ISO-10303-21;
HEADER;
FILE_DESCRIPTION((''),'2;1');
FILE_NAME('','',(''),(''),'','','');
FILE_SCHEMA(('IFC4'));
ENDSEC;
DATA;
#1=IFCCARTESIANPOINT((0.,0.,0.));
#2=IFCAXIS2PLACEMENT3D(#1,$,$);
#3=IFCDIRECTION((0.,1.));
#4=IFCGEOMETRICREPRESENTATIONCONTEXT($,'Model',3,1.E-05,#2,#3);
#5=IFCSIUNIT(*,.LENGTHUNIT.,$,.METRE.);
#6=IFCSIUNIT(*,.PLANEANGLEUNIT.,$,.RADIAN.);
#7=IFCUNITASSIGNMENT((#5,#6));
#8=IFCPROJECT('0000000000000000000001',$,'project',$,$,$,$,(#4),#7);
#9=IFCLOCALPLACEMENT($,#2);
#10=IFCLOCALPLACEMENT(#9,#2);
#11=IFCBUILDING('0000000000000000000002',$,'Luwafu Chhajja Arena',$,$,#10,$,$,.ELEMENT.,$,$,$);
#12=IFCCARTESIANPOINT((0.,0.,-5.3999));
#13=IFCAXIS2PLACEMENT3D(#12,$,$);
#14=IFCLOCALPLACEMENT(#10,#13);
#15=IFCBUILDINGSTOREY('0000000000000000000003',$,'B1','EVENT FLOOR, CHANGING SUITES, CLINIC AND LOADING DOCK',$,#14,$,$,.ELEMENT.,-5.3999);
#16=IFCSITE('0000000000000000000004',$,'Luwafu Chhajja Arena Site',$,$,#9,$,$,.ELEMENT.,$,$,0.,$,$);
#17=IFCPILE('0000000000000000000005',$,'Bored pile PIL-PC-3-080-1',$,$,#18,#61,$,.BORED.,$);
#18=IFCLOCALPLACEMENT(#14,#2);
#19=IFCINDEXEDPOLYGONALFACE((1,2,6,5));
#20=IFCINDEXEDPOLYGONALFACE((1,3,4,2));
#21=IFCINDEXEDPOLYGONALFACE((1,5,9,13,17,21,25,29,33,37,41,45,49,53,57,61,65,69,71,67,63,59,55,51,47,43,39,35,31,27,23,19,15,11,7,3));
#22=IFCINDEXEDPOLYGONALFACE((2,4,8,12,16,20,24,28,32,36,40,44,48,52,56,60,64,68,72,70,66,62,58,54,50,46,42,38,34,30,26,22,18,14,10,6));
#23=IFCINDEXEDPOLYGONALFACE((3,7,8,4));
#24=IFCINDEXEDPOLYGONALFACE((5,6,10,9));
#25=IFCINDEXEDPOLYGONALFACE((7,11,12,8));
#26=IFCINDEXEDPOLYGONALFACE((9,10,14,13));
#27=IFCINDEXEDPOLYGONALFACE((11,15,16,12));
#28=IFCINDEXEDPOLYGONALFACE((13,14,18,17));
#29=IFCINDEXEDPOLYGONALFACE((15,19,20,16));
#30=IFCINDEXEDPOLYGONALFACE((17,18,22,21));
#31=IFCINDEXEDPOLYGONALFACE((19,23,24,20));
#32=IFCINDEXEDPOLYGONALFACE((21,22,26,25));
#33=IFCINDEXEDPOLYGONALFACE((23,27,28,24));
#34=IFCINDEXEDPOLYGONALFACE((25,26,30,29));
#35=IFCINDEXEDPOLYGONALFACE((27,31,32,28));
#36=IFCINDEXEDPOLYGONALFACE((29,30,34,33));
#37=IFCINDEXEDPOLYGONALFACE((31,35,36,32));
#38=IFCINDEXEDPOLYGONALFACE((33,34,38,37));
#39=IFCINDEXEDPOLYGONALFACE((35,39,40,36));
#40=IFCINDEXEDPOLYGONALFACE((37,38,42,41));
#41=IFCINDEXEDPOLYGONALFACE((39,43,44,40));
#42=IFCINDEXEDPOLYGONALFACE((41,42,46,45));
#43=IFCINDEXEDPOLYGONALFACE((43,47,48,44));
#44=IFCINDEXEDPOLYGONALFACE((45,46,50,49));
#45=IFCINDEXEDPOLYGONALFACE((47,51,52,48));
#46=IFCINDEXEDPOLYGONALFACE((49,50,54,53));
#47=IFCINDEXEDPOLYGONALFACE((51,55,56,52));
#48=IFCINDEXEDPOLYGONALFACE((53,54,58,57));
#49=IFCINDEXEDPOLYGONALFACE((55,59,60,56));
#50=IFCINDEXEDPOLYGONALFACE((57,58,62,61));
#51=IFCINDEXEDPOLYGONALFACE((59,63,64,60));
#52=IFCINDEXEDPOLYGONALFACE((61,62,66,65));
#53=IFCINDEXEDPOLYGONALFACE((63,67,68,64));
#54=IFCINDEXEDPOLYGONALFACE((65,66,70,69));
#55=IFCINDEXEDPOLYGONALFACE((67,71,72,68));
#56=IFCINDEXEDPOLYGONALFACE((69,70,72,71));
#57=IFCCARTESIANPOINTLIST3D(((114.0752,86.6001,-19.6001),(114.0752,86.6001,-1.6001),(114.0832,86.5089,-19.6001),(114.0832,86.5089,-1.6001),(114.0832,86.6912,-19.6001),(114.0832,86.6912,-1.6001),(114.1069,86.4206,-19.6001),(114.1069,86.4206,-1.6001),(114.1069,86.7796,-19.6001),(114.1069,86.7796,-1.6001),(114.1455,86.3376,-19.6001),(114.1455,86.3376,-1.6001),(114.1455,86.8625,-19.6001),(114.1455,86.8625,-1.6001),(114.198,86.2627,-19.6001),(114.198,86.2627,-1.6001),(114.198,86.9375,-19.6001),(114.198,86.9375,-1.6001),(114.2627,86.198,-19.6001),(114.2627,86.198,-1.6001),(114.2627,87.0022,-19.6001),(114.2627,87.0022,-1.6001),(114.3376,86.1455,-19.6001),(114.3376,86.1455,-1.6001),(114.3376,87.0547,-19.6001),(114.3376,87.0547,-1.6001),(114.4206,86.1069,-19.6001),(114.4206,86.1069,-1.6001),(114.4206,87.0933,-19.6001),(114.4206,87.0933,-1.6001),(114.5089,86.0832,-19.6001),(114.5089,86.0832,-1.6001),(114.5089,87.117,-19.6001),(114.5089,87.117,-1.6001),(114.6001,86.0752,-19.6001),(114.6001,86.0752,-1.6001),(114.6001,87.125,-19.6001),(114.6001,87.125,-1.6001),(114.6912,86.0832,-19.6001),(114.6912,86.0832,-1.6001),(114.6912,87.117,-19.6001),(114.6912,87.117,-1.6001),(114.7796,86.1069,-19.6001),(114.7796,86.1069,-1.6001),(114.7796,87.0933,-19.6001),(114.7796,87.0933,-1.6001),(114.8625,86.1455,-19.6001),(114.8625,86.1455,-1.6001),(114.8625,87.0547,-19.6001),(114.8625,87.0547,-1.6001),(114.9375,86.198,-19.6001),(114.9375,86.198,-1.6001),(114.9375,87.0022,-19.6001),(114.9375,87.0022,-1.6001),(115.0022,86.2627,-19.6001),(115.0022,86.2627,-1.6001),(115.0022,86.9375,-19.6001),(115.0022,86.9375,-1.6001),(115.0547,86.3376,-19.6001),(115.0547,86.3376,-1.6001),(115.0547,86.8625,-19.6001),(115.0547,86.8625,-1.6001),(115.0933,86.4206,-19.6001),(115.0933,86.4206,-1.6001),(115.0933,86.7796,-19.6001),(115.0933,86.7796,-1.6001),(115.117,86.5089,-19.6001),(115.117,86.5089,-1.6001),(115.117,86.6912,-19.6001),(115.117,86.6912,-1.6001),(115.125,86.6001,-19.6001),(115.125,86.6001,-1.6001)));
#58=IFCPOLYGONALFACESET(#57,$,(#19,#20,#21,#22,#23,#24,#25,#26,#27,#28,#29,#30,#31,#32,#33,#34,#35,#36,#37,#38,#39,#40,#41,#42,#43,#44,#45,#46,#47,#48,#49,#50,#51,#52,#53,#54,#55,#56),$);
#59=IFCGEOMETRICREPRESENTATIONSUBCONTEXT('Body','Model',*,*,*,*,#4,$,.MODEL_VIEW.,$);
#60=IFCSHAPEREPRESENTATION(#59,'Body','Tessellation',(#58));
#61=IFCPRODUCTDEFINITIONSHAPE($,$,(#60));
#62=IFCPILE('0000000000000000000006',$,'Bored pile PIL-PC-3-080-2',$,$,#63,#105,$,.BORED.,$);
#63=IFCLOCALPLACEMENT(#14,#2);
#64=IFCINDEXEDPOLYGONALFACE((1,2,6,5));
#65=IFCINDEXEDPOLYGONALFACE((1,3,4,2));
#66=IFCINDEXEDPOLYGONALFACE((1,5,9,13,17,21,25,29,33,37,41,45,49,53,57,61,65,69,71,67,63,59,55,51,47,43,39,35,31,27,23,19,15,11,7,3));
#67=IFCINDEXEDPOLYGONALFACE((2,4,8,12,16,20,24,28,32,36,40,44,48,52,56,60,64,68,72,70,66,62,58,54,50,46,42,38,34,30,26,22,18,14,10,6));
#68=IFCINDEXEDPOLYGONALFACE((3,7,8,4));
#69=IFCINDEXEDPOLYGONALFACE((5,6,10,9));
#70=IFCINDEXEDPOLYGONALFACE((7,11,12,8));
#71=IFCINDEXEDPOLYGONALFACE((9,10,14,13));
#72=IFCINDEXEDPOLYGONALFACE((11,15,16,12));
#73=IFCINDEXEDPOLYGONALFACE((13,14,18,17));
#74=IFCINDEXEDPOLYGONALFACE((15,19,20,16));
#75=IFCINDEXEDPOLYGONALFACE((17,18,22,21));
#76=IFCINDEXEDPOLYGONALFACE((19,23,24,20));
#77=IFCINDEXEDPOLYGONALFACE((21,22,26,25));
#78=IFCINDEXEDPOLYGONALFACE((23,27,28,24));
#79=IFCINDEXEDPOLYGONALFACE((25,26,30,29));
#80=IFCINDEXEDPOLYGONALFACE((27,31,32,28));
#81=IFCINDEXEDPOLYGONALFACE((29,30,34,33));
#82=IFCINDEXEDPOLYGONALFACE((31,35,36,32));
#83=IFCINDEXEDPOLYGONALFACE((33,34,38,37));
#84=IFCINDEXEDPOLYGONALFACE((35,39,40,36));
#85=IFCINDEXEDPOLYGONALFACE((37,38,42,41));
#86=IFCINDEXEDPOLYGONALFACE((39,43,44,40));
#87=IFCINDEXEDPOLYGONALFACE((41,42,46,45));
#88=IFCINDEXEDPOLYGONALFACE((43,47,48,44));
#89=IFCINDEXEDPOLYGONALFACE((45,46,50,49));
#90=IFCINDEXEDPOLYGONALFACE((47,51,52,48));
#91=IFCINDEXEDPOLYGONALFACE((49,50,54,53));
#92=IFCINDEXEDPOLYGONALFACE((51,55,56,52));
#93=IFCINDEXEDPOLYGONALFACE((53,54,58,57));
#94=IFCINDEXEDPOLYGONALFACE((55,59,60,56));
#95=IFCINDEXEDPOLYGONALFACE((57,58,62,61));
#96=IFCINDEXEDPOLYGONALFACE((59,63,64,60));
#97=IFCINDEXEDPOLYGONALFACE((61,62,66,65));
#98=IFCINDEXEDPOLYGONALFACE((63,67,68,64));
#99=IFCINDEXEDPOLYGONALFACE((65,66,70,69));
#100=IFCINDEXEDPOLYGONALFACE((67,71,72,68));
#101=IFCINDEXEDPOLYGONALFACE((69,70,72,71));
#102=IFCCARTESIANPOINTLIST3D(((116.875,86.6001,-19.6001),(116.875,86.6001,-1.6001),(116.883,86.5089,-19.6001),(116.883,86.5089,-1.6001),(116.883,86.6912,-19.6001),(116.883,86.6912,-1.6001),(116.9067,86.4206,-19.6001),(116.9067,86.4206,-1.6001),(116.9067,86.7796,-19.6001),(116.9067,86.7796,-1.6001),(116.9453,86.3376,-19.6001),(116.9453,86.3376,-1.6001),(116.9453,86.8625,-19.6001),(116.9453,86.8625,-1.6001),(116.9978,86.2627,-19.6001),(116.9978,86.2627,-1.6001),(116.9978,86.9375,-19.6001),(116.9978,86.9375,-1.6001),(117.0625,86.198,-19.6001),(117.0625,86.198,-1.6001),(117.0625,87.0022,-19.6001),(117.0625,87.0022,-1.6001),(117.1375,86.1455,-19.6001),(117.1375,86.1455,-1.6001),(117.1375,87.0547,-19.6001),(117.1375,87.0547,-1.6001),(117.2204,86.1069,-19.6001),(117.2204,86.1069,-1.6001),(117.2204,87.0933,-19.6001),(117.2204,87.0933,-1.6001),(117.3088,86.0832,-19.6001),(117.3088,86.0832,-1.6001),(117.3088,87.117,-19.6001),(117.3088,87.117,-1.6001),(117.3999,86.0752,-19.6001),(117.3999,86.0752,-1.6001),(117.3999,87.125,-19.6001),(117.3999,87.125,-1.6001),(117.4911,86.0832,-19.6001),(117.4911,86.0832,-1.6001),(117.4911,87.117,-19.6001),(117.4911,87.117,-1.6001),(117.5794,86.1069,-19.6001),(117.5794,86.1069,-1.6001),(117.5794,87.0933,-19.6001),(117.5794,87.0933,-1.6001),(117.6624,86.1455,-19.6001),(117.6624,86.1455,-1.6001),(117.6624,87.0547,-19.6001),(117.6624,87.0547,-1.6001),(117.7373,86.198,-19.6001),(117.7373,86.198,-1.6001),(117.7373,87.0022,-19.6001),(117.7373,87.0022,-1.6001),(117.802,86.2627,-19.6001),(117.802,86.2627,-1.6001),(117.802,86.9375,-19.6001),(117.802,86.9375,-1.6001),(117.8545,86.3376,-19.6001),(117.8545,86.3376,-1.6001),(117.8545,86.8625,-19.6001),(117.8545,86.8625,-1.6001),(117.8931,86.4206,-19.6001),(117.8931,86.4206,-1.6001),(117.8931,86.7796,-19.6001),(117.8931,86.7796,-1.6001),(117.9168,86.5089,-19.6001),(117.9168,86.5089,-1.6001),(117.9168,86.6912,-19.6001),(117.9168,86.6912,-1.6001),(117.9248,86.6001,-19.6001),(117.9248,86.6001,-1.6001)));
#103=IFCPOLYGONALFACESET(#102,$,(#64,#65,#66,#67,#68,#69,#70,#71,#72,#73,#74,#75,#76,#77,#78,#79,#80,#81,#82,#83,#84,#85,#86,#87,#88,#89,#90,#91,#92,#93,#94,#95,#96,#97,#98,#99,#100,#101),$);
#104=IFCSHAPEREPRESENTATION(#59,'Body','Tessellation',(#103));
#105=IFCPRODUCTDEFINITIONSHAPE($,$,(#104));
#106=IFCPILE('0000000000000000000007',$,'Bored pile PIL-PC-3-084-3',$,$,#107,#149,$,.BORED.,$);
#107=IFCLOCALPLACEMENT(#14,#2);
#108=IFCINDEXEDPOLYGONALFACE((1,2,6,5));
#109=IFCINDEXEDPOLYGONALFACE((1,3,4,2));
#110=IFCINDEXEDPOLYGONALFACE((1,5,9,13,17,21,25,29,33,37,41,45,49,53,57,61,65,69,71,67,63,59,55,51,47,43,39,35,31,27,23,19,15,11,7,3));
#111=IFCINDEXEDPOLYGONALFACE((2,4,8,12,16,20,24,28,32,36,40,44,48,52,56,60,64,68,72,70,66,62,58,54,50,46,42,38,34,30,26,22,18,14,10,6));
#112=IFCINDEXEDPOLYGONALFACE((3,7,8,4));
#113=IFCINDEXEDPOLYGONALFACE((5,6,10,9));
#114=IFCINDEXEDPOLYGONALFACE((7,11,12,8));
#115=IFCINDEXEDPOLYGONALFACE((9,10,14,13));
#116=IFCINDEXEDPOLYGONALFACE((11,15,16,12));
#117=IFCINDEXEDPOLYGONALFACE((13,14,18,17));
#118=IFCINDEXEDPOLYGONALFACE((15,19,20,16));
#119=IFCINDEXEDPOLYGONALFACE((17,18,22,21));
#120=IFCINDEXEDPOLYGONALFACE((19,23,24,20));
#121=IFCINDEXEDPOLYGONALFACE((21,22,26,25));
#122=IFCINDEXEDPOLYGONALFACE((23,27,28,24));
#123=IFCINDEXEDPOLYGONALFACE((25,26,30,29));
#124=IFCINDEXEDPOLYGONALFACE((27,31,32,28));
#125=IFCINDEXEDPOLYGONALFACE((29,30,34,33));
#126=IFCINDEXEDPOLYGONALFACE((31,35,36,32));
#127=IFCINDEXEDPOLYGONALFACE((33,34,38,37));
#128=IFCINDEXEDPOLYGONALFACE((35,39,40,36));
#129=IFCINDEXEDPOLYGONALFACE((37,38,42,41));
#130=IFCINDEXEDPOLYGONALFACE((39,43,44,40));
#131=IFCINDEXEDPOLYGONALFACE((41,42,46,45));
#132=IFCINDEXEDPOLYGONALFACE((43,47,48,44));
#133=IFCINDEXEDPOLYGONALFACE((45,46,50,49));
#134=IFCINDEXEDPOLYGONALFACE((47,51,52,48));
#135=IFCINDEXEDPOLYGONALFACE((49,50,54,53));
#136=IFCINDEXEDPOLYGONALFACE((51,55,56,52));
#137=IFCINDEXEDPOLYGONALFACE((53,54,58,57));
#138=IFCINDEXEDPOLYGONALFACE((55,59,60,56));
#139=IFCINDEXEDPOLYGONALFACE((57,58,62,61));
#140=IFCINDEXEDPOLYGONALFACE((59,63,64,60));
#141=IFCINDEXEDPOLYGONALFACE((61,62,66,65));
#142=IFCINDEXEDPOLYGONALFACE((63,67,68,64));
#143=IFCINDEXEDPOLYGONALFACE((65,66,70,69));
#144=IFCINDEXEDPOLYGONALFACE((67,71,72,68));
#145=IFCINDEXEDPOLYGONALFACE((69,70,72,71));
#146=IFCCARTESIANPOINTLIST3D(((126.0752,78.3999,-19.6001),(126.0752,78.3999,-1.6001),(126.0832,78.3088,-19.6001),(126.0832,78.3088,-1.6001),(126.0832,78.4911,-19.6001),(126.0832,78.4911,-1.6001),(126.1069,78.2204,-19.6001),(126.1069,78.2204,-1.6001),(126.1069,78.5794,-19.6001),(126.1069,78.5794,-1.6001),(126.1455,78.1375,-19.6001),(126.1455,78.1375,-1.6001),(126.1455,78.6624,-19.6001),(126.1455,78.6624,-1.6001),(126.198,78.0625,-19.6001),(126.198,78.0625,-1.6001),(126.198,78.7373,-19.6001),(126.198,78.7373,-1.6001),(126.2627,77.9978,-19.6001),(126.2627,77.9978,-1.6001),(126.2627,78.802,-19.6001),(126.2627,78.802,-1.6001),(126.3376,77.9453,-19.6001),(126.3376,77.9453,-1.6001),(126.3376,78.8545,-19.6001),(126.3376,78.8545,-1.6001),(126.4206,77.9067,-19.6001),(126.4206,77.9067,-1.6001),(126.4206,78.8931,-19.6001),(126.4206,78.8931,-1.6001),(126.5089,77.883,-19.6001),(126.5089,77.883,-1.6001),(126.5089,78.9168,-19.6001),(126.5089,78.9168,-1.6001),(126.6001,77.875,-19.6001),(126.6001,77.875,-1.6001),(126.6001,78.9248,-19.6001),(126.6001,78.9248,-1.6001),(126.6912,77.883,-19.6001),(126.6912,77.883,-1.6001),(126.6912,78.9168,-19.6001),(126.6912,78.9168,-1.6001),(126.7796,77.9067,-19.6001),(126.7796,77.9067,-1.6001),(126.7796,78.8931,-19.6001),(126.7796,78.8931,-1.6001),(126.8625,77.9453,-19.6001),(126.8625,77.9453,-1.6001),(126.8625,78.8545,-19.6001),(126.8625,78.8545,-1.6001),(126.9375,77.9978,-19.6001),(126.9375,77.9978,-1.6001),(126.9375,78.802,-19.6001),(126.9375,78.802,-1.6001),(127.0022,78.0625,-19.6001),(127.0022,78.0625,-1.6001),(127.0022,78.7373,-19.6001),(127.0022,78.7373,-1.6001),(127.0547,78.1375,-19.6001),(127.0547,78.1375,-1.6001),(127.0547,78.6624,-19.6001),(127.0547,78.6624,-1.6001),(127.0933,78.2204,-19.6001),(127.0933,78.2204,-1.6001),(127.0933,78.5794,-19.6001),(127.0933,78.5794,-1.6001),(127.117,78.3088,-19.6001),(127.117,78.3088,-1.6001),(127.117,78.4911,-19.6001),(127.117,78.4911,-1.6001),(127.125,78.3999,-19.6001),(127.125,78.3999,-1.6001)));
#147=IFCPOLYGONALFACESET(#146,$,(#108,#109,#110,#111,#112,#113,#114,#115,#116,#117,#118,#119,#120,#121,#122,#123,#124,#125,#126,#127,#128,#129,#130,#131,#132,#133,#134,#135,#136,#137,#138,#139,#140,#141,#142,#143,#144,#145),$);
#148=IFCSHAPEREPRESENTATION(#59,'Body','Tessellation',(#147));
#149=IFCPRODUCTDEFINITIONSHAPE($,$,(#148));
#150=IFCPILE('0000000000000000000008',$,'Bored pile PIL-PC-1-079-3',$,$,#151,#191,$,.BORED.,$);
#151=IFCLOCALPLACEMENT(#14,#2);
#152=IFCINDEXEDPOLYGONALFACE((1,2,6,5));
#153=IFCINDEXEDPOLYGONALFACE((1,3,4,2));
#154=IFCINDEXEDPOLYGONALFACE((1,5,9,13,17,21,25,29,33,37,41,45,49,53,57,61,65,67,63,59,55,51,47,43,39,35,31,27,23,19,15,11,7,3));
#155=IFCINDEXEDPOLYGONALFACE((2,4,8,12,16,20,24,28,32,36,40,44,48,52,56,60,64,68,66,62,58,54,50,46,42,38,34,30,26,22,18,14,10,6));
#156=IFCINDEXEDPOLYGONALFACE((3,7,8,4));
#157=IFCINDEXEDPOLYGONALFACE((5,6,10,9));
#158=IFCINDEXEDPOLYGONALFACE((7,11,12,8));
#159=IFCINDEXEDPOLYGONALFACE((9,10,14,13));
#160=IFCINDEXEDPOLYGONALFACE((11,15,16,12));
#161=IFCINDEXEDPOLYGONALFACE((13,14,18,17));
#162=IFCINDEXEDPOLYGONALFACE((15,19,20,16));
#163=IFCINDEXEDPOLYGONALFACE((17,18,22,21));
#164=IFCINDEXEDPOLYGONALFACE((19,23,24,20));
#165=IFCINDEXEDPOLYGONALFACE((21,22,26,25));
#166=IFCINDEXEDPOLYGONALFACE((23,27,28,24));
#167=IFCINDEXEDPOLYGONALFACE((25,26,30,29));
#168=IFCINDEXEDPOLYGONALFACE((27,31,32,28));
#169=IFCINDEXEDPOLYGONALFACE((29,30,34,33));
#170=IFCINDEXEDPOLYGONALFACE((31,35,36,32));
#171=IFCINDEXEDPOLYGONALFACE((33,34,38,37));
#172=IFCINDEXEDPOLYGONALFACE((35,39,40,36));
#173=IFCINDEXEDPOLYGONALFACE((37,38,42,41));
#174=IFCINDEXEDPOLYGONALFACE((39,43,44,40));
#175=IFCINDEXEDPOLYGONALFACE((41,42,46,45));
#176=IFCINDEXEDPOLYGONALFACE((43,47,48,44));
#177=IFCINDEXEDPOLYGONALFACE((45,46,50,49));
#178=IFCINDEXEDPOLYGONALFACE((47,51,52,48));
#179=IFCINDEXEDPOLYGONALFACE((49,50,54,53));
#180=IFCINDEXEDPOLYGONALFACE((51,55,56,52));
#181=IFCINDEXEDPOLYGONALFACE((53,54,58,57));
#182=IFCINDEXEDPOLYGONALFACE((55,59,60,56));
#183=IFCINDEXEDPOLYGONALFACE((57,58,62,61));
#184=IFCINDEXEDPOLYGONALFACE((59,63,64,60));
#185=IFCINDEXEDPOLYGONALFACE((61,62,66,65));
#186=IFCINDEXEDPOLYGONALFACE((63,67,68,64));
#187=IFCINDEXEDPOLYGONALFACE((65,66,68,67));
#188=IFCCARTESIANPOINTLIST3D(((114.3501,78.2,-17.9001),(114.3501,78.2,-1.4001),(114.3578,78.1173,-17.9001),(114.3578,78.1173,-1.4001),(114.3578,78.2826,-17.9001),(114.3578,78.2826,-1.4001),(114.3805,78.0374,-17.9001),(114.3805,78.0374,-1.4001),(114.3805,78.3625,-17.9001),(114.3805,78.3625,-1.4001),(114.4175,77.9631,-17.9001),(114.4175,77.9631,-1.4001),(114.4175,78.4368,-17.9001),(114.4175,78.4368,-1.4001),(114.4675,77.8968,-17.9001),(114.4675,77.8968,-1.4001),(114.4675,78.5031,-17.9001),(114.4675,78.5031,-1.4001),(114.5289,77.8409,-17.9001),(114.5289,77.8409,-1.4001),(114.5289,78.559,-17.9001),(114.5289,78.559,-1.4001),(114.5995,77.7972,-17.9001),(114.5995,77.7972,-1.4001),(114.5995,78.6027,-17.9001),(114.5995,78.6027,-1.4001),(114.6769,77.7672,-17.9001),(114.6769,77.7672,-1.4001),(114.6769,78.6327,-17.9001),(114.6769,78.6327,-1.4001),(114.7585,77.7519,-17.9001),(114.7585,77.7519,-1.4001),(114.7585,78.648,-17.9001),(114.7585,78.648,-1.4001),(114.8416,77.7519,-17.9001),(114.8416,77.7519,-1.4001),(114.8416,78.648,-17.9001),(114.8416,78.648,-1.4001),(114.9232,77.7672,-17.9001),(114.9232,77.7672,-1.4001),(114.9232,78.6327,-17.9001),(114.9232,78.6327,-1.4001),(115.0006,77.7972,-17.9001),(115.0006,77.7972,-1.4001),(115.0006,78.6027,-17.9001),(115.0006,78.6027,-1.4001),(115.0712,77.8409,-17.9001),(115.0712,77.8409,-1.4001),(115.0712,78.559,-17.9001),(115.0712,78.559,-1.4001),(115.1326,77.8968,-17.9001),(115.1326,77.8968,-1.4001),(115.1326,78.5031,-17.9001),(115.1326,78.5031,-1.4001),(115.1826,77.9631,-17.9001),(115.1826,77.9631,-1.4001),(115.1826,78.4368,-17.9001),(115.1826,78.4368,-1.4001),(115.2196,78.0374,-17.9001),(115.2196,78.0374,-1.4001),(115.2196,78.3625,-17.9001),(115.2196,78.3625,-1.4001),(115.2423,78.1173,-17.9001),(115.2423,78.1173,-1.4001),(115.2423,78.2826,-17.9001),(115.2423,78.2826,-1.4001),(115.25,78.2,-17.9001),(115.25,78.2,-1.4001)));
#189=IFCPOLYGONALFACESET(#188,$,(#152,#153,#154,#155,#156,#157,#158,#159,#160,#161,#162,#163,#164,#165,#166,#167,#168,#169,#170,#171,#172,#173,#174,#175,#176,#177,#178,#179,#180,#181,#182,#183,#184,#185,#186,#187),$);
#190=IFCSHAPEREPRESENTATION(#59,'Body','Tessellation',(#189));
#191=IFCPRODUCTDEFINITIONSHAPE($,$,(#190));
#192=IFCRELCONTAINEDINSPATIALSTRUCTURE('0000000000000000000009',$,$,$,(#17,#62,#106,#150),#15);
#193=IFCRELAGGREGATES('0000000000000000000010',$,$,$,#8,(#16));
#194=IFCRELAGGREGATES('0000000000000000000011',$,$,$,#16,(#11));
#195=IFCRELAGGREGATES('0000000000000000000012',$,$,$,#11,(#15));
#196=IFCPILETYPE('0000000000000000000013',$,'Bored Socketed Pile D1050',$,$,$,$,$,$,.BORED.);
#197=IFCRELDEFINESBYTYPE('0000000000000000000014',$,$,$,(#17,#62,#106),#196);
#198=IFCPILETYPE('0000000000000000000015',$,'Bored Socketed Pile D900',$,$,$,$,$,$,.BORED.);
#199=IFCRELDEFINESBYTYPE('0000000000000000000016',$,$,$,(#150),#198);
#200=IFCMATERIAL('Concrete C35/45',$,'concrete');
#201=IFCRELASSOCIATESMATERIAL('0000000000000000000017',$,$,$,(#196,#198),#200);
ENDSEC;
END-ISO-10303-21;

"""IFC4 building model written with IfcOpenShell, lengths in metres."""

from ifc_helpers import new_model, si_unit, direction, frame, origin, origin_2d, place, context, subcontext, project, spatial, circle, extrude, material, material_profile, profile_set, type_object, element, save


model = new_model("IFC4")

# Units and contexts
model_context = context("Model", 3, precision=1e-05, world=origin(), true_north=direction((0.0, 1.0)))
body_context = subcontext(model_context, "Body", "Model", "MODEL_VIEW")
ifc_project = project(units=[si_unit("LENGTHUNIT", "METRE"), si_unit("PLANEANGLEUNIT", "RADIAN")], contexts=[model_context])

# Site, building, storey
site_placement = place(None, origin())
site = spatial("IfcSite", under=ifc_project, at=site_placement, Name="Luwafu Chhajja Arena Site", CompositionType="ELEMENT", RefElevation=0.0)
building_placement = place(site_placement, origin())
building = spatial("IfcBuilding", under=site, at=building_placement, Name="Luwafu Chhajja Arena", CompositionType="ELEMENT")
storey_placement = place(building_placement, frame((0.0, 0.0, -5.3999)))
storey = spatial("IfcBuildingStorey", under=building, at=storey_placement, Name="B1", Description="EVENT FLOOR, CHANGING SUITES, CLINIC AND LOADING DOCK", CompositionType="ELEMENT", Elevation=-5.3999)

# Piles
ifc_material_1 = material(Name="Concrete C35/45", Category="concrete")
ifc_material_profile_1 = material_profile(ifc_material_1, circle(Radius=0.5249, at=origin_2d()), Name="PILE D1050")
ifc_profile_set_1 = profile_set([ifc_material_profile_1], Name="Concrete C35/45")
pile_type_1 = type_object("IfcPileType", Name="Bored Socketed Pile D1050", PredefinedType="BORED", material=ifc_profile_set_1)
for number, where, z_axis, x_axis, name in (
    (1, (114.6001, 86.6001, -1.6001), (0.0, 0.0, -1.0), (1.0, 0.0, 0.0), "Bored pile PIL-PC-3-080-1"),
    (2, (117.3999, 86.6001, -1.6001), (0.0, 0.0, -1.0), (1.0, 0.0, 0.0), "Bored pile PIL-PC-3-080-2"),
    (3, (126.6001, 78.3999, -1.6001), (0.0, 0.0, -1.0), (1.0, 0.0, 0.0), "Bored pile PIL-PC-3-084-3"),
):
    element("IfcPile", number, at=place(storey_placement, frame(where, z_axis=z_axis, x_axis=x_axis)), inside=storey, type_object=pile_type_1, Name=name, PredefinedType="BORED", context=body_context, shape_type="SweptSolid", body=[
        extrude(circle(Radius=0.5249, at=origin_2d()), origin(), (0.0, 0.0, 1.0), 18.0),
    ])
ifc_material_profile_2 = material_profile(ifc_material_1, circle(Radius=0.45, at=origin_2d()), Name="PILE D900")
ifc_profile_set_2 = profile_set([ifc_material_profile_2], Name="Concrete C35/45")
pile_type_2 = type_object("IfcPileType", Name="Bored Socketed Pile D900", PredefinedType="BORED", material=ifc_profile_set_2)
for number, where, z_axis, x_axis, name in (
    (4, (114.8, 78.2, -1.4001), (0.0, 0.0, -1.0), (1.0, 0.0, 0.0), "Bored pile PIL-PC-1-079-3"),
):
    element("IfcPile", number, at=place(storey_placement, frame(where, z_axis=z_axis, x_axis=x_axis)), inside=storey, type_object=pile_type_2, Name=name, PredefinedType="BORED", context=body_context, shape_type="SweptSolid", body=[
        extrude(circle(Radius=0.45, at=origin_2d()), origin(), (0.0, 0.0, 1.0), 16.5),
    ])

save(model, "model.ifc")
